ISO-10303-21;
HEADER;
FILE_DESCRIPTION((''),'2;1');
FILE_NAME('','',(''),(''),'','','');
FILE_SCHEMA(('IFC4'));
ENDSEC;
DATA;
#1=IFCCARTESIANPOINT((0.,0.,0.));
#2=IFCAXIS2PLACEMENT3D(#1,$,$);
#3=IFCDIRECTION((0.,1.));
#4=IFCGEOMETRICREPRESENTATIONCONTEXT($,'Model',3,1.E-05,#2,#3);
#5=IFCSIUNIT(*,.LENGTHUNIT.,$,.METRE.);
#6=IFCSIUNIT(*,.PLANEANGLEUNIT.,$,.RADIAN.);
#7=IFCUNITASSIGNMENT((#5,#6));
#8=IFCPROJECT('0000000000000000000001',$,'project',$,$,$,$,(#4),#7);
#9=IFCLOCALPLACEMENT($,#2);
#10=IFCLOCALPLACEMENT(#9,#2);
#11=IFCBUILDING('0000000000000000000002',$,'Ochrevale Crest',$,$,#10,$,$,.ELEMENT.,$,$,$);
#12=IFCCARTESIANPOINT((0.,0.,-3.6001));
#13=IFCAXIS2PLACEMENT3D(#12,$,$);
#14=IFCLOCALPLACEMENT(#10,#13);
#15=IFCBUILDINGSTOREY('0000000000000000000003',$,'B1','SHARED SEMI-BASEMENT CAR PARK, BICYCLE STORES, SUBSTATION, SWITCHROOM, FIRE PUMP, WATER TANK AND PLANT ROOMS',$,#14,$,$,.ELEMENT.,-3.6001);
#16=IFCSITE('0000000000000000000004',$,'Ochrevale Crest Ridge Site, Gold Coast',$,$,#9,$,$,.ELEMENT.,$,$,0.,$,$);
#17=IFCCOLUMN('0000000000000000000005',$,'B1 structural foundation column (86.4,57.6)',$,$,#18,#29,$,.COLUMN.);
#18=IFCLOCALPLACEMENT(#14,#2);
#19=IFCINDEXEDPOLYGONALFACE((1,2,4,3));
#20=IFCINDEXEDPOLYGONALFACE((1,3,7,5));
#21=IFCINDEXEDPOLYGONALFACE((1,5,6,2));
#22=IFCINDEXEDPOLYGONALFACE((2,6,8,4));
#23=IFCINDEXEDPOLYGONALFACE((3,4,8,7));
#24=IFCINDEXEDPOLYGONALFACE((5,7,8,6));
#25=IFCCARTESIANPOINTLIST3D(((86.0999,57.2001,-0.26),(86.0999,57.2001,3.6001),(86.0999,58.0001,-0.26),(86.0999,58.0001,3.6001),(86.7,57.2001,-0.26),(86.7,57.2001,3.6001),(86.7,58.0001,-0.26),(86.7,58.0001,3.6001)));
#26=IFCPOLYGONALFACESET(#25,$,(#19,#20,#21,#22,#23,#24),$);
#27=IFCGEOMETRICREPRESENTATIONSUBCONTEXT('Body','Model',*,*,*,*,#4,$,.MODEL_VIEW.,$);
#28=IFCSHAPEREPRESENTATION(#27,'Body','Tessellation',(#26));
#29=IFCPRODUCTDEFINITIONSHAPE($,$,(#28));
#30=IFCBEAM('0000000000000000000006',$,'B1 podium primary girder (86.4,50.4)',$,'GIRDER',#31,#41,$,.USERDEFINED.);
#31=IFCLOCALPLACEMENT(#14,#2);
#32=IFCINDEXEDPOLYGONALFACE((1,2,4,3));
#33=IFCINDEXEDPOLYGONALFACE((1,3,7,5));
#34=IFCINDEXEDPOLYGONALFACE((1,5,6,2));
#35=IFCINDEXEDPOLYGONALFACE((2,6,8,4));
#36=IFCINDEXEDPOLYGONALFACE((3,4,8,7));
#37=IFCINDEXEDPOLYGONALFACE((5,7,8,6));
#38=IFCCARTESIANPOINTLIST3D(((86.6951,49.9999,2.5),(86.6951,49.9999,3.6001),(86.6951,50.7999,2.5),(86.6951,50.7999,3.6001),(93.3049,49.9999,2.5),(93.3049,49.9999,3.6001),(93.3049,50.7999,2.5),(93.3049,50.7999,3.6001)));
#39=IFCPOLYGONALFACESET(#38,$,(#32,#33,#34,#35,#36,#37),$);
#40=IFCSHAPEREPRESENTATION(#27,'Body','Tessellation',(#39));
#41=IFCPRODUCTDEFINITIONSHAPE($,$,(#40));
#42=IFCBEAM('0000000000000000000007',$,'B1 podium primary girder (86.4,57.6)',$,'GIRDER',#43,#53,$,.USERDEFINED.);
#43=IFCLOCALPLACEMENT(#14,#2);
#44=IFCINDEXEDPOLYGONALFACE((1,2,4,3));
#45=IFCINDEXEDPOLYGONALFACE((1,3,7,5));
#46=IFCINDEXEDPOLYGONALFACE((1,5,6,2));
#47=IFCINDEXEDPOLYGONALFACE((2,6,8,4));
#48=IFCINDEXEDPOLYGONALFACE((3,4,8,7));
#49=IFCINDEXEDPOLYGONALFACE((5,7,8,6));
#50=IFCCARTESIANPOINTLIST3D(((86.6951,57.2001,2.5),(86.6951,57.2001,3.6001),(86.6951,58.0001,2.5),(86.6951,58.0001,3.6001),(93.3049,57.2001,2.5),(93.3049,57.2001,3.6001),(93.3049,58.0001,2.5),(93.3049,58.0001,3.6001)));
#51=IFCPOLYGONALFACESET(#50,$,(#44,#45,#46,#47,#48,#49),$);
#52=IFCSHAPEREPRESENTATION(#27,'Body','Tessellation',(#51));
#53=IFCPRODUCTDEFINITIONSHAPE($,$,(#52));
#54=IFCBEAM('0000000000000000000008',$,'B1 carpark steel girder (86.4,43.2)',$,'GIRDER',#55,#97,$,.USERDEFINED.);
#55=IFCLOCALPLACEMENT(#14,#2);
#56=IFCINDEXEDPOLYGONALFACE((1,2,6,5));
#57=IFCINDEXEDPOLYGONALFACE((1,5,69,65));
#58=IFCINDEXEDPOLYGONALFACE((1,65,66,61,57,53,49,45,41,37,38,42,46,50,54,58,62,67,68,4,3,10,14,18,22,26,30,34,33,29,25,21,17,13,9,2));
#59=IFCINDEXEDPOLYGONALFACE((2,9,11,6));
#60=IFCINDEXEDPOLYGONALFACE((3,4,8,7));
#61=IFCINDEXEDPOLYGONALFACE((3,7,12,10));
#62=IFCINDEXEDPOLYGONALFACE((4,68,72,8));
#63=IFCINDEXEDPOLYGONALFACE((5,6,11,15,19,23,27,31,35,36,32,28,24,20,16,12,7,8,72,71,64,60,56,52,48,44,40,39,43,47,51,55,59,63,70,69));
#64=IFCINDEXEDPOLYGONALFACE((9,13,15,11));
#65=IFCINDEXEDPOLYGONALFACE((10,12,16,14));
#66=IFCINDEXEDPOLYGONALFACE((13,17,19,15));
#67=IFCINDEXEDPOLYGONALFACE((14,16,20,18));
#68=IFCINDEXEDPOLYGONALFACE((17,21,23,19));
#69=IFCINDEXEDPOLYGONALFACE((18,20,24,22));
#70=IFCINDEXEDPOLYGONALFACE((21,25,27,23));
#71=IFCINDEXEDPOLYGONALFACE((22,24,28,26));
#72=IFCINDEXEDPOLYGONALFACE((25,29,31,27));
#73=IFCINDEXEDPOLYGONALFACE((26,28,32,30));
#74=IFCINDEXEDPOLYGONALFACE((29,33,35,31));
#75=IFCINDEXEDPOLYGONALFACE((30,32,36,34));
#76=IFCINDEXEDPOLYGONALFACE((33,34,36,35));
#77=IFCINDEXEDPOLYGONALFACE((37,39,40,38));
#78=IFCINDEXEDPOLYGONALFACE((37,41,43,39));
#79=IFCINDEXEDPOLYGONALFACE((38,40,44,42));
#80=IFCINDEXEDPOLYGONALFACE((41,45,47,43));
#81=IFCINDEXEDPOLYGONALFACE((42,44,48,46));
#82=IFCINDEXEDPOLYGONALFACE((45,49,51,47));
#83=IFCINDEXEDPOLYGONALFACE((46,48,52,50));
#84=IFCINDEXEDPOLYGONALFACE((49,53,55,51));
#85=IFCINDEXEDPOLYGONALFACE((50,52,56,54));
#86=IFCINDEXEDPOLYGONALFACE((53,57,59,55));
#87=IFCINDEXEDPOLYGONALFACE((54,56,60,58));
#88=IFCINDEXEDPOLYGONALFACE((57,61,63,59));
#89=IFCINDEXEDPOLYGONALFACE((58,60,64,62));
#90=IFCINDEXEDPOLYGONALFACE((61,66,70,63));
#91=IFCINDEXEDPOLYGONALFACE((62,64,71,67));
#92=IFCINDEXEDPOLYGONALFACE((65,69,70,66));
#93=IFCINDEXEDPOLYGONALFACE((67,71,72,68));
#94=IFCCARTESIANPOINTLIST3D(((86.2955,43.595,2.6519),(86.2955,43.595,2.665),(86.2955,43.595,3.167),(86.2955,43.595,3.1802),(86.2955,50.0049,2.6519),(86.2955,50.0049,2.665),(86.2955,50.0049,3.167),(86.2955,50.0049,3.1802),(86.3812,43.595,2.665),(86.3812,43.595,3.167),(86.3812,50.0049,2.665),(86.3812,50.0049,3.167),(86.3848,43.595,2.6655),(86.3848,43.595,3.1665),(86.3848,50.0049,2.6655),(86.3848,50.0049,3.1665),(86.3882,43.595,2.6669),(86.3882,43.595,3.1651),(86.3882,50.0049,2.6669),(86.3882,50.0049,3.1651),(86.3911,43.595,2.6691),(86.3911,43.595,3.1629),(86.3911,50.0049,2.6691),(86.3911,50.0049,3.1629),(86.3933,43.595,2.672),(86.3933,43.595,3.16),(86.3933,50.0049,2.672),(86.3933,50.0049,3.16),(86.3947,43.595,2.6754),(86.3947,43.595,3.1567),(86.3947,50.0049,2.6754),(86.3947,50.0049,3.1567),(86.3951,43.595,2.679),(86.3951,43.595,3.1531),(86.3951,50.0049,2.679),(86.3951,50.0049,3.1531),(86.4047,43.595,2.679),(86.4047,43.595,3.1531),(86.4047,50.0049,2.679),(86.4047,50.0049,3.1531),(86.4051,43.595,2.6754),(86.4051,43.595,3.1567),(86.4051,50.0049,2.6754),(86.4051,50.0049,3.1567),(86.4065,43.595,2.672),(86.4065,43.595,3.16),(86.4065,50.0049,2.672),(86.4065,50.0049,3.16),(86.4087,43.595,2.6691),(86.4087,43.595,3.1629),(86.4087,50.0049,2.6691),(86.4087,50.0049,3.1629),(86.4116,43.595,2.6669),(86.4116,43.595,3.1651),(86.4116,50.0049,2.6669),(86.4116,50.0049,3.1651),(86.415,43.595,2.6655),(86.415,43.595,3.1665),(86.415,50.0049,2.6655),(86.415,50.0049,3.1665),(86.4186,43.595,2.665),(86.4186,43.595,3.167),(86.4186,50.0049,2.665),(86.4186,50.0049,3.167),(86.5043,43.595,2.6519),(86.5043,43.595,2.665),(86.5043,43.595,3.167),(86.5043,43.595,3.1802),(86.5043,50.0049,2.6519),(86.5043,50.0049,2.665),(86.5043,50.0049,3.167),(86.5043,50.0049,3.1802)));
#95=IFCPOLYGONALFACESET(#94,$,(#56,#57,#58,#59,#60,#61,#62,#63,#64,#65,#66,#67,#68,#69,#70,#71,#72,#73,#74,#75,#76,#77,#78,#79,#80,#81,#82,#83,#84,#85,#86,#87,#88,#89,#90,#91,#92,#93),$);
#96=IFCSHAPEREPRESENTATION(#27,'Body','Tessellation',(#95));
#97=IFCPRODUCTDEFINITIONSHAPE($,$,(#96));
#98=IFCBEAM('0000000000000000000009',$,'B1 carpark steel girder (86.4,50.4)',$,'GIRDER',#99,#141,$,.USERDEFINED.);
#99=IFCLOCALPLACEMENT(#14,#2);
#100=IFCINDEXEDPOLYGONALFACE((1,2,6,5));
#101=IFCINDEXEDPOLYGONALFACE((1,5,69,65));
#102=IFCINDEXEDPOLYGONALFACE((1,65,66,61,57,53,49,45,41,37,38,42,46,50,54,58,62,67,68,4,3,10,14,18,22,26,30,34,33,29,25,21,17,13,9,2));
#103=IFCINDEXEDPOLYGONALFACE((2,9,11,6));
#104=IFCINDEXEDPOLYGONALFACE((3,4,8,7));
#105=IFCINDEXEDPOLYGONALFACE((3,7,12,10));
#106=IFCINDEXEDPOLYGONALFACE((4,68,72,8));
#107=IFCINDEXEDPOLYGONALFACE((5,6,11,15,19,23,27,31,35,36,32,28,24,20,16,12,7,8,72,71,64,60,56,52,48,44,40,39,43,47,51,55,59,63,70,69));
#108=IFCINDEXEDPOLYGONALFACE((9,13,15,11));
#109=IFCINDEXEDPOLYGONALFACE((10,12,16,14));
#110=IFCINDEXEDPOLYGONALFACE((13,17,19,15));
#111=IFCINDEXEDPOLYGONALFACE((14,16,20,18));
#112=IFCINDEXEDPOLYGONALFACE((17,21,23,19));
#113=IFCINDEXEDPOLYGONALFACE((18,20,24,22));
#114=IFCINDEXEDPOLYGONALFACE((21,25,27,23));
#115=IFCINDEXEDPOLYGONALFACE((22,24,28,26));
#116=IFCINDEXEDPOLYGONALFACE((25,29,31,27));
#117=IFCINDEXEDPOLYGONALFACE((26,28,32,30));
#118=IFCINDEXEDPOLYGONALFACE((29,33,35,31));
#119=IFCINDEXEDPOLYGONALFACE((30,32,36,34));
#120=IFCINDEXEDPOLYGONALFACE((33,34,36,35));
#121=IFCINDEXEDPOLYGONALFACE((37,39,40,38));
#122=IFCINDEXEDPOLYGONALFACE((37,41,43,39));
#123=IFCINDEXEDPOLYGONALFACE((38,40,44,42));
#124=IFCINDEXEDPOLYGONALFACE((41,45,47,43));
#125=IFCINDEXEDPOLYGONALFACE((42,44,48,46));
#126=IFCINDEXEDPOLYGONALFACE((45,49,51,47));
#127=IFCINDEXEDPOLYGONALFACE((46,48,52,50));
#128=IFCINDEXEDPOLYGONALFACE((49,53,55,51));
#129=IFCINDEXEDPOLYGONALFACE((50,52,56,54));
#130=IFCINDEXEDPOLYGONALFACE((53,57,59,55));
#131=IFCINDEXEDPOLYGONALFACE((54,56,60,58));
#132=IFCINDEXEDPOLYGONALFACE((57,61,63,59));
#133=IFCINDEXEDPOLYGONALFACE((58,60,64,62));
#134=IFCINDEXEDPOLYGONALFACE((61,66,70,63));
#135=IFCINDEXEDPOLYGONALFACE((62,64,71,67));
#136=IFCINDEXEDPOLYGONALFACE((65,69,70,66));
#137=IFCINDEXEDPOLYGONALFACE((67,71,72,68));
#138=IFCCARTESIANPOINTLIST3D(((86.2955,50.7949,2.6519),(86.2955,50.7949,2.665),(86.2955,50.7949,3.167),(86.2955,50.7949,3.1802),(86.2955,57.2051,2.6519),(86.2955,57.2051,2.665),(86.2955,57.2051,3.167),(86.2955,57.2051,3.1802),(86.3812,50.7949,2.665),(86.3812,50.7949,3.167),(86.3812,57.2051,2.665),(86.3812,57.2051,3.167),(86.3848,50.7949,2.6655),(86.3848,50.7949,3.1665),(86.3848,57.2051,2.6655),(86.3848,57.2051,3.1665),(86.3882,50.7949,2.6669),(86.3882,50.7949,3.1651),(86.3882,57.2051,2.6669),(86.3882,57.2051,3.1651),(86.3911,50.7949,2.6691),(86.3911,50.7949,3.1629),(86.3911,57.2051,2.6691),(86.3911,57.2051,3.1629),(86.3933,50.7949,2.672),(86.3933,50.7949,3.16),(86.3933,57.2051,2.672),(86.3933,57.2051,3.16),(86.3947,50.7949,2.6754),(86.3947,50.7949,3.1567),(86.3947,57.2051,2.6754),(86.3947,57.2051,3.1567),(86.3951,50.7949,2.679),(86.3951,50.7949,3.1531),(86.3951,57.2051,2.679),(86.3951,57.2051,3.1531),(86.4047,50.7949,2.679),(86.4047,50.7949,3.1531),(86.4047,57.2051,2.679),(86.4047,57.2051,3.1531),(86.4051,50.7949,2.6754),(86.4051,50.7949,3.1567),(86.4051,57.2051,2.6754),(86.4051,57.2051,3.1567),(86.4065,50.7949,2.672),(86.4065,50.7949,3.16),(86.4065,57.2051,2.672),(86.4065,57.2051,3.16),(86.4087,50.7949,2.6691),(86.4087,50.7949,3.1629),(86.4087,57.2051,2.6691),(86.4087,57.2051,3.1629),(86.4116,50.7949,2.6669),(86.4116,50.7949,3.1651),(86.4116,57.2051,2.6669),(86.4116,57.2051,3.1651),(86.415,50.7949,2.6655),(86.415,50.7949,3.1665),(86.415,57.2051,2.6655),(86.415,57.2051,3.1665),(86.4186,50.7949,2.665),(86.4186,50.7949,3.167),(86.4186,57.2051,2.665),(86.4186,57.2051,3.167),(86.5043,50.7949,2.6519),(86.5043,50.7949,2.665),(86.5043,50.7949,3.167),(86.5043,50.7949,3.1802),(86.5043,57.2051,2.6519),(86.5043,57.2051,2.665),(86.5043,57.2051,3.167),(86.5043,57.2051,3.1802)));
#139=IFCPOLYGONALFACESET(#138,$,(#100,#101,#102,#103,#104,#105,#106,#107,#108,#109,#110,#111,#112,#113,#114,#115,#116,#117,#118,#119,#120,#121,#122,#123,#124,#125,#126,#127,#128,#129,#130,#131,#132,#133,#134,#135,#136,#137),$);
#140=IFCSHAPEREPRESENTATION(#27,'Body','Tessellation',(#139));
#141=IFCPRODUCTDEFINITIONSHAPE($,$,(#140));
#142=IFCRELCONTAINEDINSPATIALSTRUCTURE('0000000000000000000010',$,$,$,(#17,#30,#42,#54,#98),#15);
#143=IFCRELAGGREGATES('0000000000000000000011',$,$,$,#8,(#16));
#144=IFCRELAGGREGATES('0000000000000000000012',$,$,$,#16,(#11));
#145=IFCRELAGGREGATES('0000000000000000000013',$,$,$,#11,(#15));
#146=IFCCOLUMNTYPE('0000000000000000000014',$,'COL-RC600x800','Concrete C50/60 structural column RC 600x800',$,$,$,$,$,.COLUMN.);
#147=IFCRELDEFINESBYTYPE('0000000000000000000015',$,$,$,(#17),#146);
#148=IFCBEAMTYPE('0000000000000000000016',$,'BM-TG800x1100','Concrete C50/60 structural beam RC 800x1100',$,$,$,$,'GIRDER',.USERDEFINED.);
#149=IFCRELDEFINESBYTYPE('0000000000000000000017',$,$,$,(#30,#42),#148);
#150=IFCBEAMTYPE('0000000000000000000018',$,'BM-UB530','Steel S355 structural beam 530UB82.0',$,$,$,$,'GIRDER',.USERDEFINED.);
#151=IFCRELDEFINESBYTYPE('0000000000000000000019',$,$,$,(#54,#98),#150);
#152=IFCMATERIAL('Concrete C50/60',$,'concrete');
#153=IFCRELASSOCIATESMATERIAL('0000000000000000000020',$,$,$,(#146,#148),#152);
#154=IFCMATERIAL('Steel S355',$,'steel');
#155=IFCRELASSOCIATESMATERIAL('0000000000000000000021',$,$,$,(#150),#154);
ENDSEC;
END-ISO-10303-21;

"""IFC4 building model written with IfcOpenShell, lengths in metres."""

from ifc_helpers import new_model, si_unit, direction, frame, origin, origin_2d, place, context, subcontext, project, spatial, rectangle, i_section, extrude, material, material_profile, profile_set, type_object, element, save


model = new_model("IFC4")

# Units and contexts
model_context = context("Model", 3, precision=1e-05, world=origin(), true_north=direction((0.0, 1.0)))
body_context = subcontext(model_context, "Body", "Model", "MODEL_VIEW")
ifc_project = project(units=[si_unit("LENGTHUNIT", "METRE"), si_unit("PLANEANGLEUNIT", "RADIAN")], contexts=[model_context])

# Site, building, storey
site_placement = place(None, origin())
site = spatial("IfcSite", under=ifc_project, at=site_placement, Name="Ochrevale Crest Ridge Site, Gold Coast", CompositionType="ELEMENT", RefElevation=0.0)
building_placement = place(site_placement, origin())
building = spatial("IfcBuilding", under=site, at=building_placement, Name="Ochrevale Crest", CompositionType="ELEMENT")
storey_placement = place(building_placement, frame((0.0, 0.0, -3.6001)))
storey = spatial("IfcBuildingStorey", under=building, at=storey_placement, Name="B1", Description="SHARED SEMI-BASEMENT CAR PARK, BICYCLE STORES, SUBSTATION, SWITCHROOM, FIRE PUMP, WATER TANK AND PLANT ROOMS", CompositionType="ELEMENT", Elevation=-3.6001)

# Column
ifc_material_1 = material(Name="Concrete C50/60", Category="concrete")
ifc_material_profile_1 = material_profile(ifc_material_1, rectangle(XDim=0.6001, YDim=0.8, at=origin_2d()), Name="RC 600x800")
ifc_profile_set_1 = profile_set([ifc_material_profile_1], Name="Concrete C50/60")
column_type = type_object("IfcColumnType", Name="COL-RC600x800", Description="Concrete C50/60 structural column RC 600x800", PredefinedType="COLUMN", material=ifc_profile_set_1)
for number, where, z_axis, x_axis, name in (
    (1, (86.3999, 57.6001, -0.26), (0.0, 0.0, 1.0), (1.0, 0.0, 0.0), "B1 structural foundation column (86.4,57.6)"),
):
    element("IfcColumn", number, at=place(storey_placement, frame(where, z_axis=z_axis, x_axis=x_axis)), inside=storey, type_object=column_type, Name=name, PredefinedType="COLUMN", context=body_context, shape_type="SweptSolid", body=[
        extrude(rectangle(XDim=0.6001, YDim=0.8, at=origin_2d()), origin(), (0.0, 0.0, 1.0), 3.8601),
    ])

# Beams
ifc_material_profile_2 = material_profile(ifc_material_1, rectangle(XDim=0.8, YDim=1.1001, at=origin_2d()), Name="RC 800x1100")
ifc_profile_set_2 = profile_set([ifc_material_profile_2], Name="Concrete C50/60")
beam_type_1 = type_object("IfcBeamType", Name="BM-TG800x1100", Description="Concrete C50/60 structural beam RC 800x1100", ElementType="GIRDER", PredefinedType="USERDEFINED", material=ifc_profile_set_2)
for number, where, z_axis, x_axis, name in (
    (2, (86.6951, 50.3999, 3.05), (1.0, 0.0, 0.0), (0.0, 1.0, 0.0), "B1 podium primary girder (86.4,50.4)"),
    (3, (86.6951, 57.6001, 3.05), (1.0, 0.0, 0.0), (0.0, 1.0, 0.0), "B1 podium primary girder (86.4,57.6)"),
):
    element("IfcBeam", number, at=place(storey_placement, frame(where, z_axis=z_axis, x_axis=x_axis)), inside=storey, type_object=beam_type_1, Name=name, ObjectType="GIRDER", PredefinedType="USERDEFINED", context=body_context, shape_type="SweptSolid", body=[
        extrude(rectangle(XDim=0.8, YDim=1.1001, at=origin_2d()), origin(), (0.0, 0.0, 1.0), 6.6099),
    ])
ifc_material_2 = material(Name="Steel S355", Category="steel")
ifc_material_profile_3 = material_profile(ifc_material_2, i_section(OverallWidth=0.2087, OverallDepth=0.5283, WebThickness=0.0095, FlangeThickness=0.0132, FilletRadius=0.0139, at=origin_2d()), Name="530UB82.0")
ifc_profile_set_3 = profile_set([ifc_material_profile_3], Name="Steel S355")
beam_type_2 = type_object("IfcBeamType", Name="BM-UB530", Description="Steel S355 structural beam 530UB82.0", ElementType="GIRDER", PredefinedType="USERDEFINED", material=ifc_profile_set_3)
beam_1_placement = place(storey_placement, frame((86.3999, 43.595, 2.916), z_axis=(0.0, 1.0, 0.0), x_axis=(-1.0, 0.0, 0.0)))
element("IfcBeam", 4, at=beam_1_placement, inside=storey, type_object=beam_type_2, Name="B1 carpark steel girder (86.4,43.2)", ObjectType="GIRDER", PredefinedType="USERDEFINED", context=body_context, shape_type="SweptSolid", body=[
    extrude(i_section(OverallWidth=0.2087, OverallDepth=0.5283, WebThickness=0.0095, FlangeThickness=0.0132, FilletRadius=0.0139, at=origin_2d()), origin(), (0.0, 0.0, 1.0), 6.4099),
])
beam_2_placement = place(storey_placement, frame((86.3999, 50.7949, 2.916), z_axis=(0.0, 1.0, 0.0), x_axis=(-1.0, 0.0, 0.0)))
element("IfcBeam", 5, at=beam_2_placement, inside=storey, type_object=beam_type_2, Name="B1 carpark steel girder (86.4,50.4)", ObjectType="GIRDER", PredefinedType="USERDEFINED", context=body_context, shape_type="SweptSolid", body=[
    extrude(i_section(OverallWidth=0.2087, OverallDepth=0.5283, WebThickness=0.0095, FlangeThickness=0.0132, FilletRadius=0.0139, at=origin_2d()), origin(), (0.0, 0.0, 1.0), 6.4102),
])

save(model, "model.ifc")
